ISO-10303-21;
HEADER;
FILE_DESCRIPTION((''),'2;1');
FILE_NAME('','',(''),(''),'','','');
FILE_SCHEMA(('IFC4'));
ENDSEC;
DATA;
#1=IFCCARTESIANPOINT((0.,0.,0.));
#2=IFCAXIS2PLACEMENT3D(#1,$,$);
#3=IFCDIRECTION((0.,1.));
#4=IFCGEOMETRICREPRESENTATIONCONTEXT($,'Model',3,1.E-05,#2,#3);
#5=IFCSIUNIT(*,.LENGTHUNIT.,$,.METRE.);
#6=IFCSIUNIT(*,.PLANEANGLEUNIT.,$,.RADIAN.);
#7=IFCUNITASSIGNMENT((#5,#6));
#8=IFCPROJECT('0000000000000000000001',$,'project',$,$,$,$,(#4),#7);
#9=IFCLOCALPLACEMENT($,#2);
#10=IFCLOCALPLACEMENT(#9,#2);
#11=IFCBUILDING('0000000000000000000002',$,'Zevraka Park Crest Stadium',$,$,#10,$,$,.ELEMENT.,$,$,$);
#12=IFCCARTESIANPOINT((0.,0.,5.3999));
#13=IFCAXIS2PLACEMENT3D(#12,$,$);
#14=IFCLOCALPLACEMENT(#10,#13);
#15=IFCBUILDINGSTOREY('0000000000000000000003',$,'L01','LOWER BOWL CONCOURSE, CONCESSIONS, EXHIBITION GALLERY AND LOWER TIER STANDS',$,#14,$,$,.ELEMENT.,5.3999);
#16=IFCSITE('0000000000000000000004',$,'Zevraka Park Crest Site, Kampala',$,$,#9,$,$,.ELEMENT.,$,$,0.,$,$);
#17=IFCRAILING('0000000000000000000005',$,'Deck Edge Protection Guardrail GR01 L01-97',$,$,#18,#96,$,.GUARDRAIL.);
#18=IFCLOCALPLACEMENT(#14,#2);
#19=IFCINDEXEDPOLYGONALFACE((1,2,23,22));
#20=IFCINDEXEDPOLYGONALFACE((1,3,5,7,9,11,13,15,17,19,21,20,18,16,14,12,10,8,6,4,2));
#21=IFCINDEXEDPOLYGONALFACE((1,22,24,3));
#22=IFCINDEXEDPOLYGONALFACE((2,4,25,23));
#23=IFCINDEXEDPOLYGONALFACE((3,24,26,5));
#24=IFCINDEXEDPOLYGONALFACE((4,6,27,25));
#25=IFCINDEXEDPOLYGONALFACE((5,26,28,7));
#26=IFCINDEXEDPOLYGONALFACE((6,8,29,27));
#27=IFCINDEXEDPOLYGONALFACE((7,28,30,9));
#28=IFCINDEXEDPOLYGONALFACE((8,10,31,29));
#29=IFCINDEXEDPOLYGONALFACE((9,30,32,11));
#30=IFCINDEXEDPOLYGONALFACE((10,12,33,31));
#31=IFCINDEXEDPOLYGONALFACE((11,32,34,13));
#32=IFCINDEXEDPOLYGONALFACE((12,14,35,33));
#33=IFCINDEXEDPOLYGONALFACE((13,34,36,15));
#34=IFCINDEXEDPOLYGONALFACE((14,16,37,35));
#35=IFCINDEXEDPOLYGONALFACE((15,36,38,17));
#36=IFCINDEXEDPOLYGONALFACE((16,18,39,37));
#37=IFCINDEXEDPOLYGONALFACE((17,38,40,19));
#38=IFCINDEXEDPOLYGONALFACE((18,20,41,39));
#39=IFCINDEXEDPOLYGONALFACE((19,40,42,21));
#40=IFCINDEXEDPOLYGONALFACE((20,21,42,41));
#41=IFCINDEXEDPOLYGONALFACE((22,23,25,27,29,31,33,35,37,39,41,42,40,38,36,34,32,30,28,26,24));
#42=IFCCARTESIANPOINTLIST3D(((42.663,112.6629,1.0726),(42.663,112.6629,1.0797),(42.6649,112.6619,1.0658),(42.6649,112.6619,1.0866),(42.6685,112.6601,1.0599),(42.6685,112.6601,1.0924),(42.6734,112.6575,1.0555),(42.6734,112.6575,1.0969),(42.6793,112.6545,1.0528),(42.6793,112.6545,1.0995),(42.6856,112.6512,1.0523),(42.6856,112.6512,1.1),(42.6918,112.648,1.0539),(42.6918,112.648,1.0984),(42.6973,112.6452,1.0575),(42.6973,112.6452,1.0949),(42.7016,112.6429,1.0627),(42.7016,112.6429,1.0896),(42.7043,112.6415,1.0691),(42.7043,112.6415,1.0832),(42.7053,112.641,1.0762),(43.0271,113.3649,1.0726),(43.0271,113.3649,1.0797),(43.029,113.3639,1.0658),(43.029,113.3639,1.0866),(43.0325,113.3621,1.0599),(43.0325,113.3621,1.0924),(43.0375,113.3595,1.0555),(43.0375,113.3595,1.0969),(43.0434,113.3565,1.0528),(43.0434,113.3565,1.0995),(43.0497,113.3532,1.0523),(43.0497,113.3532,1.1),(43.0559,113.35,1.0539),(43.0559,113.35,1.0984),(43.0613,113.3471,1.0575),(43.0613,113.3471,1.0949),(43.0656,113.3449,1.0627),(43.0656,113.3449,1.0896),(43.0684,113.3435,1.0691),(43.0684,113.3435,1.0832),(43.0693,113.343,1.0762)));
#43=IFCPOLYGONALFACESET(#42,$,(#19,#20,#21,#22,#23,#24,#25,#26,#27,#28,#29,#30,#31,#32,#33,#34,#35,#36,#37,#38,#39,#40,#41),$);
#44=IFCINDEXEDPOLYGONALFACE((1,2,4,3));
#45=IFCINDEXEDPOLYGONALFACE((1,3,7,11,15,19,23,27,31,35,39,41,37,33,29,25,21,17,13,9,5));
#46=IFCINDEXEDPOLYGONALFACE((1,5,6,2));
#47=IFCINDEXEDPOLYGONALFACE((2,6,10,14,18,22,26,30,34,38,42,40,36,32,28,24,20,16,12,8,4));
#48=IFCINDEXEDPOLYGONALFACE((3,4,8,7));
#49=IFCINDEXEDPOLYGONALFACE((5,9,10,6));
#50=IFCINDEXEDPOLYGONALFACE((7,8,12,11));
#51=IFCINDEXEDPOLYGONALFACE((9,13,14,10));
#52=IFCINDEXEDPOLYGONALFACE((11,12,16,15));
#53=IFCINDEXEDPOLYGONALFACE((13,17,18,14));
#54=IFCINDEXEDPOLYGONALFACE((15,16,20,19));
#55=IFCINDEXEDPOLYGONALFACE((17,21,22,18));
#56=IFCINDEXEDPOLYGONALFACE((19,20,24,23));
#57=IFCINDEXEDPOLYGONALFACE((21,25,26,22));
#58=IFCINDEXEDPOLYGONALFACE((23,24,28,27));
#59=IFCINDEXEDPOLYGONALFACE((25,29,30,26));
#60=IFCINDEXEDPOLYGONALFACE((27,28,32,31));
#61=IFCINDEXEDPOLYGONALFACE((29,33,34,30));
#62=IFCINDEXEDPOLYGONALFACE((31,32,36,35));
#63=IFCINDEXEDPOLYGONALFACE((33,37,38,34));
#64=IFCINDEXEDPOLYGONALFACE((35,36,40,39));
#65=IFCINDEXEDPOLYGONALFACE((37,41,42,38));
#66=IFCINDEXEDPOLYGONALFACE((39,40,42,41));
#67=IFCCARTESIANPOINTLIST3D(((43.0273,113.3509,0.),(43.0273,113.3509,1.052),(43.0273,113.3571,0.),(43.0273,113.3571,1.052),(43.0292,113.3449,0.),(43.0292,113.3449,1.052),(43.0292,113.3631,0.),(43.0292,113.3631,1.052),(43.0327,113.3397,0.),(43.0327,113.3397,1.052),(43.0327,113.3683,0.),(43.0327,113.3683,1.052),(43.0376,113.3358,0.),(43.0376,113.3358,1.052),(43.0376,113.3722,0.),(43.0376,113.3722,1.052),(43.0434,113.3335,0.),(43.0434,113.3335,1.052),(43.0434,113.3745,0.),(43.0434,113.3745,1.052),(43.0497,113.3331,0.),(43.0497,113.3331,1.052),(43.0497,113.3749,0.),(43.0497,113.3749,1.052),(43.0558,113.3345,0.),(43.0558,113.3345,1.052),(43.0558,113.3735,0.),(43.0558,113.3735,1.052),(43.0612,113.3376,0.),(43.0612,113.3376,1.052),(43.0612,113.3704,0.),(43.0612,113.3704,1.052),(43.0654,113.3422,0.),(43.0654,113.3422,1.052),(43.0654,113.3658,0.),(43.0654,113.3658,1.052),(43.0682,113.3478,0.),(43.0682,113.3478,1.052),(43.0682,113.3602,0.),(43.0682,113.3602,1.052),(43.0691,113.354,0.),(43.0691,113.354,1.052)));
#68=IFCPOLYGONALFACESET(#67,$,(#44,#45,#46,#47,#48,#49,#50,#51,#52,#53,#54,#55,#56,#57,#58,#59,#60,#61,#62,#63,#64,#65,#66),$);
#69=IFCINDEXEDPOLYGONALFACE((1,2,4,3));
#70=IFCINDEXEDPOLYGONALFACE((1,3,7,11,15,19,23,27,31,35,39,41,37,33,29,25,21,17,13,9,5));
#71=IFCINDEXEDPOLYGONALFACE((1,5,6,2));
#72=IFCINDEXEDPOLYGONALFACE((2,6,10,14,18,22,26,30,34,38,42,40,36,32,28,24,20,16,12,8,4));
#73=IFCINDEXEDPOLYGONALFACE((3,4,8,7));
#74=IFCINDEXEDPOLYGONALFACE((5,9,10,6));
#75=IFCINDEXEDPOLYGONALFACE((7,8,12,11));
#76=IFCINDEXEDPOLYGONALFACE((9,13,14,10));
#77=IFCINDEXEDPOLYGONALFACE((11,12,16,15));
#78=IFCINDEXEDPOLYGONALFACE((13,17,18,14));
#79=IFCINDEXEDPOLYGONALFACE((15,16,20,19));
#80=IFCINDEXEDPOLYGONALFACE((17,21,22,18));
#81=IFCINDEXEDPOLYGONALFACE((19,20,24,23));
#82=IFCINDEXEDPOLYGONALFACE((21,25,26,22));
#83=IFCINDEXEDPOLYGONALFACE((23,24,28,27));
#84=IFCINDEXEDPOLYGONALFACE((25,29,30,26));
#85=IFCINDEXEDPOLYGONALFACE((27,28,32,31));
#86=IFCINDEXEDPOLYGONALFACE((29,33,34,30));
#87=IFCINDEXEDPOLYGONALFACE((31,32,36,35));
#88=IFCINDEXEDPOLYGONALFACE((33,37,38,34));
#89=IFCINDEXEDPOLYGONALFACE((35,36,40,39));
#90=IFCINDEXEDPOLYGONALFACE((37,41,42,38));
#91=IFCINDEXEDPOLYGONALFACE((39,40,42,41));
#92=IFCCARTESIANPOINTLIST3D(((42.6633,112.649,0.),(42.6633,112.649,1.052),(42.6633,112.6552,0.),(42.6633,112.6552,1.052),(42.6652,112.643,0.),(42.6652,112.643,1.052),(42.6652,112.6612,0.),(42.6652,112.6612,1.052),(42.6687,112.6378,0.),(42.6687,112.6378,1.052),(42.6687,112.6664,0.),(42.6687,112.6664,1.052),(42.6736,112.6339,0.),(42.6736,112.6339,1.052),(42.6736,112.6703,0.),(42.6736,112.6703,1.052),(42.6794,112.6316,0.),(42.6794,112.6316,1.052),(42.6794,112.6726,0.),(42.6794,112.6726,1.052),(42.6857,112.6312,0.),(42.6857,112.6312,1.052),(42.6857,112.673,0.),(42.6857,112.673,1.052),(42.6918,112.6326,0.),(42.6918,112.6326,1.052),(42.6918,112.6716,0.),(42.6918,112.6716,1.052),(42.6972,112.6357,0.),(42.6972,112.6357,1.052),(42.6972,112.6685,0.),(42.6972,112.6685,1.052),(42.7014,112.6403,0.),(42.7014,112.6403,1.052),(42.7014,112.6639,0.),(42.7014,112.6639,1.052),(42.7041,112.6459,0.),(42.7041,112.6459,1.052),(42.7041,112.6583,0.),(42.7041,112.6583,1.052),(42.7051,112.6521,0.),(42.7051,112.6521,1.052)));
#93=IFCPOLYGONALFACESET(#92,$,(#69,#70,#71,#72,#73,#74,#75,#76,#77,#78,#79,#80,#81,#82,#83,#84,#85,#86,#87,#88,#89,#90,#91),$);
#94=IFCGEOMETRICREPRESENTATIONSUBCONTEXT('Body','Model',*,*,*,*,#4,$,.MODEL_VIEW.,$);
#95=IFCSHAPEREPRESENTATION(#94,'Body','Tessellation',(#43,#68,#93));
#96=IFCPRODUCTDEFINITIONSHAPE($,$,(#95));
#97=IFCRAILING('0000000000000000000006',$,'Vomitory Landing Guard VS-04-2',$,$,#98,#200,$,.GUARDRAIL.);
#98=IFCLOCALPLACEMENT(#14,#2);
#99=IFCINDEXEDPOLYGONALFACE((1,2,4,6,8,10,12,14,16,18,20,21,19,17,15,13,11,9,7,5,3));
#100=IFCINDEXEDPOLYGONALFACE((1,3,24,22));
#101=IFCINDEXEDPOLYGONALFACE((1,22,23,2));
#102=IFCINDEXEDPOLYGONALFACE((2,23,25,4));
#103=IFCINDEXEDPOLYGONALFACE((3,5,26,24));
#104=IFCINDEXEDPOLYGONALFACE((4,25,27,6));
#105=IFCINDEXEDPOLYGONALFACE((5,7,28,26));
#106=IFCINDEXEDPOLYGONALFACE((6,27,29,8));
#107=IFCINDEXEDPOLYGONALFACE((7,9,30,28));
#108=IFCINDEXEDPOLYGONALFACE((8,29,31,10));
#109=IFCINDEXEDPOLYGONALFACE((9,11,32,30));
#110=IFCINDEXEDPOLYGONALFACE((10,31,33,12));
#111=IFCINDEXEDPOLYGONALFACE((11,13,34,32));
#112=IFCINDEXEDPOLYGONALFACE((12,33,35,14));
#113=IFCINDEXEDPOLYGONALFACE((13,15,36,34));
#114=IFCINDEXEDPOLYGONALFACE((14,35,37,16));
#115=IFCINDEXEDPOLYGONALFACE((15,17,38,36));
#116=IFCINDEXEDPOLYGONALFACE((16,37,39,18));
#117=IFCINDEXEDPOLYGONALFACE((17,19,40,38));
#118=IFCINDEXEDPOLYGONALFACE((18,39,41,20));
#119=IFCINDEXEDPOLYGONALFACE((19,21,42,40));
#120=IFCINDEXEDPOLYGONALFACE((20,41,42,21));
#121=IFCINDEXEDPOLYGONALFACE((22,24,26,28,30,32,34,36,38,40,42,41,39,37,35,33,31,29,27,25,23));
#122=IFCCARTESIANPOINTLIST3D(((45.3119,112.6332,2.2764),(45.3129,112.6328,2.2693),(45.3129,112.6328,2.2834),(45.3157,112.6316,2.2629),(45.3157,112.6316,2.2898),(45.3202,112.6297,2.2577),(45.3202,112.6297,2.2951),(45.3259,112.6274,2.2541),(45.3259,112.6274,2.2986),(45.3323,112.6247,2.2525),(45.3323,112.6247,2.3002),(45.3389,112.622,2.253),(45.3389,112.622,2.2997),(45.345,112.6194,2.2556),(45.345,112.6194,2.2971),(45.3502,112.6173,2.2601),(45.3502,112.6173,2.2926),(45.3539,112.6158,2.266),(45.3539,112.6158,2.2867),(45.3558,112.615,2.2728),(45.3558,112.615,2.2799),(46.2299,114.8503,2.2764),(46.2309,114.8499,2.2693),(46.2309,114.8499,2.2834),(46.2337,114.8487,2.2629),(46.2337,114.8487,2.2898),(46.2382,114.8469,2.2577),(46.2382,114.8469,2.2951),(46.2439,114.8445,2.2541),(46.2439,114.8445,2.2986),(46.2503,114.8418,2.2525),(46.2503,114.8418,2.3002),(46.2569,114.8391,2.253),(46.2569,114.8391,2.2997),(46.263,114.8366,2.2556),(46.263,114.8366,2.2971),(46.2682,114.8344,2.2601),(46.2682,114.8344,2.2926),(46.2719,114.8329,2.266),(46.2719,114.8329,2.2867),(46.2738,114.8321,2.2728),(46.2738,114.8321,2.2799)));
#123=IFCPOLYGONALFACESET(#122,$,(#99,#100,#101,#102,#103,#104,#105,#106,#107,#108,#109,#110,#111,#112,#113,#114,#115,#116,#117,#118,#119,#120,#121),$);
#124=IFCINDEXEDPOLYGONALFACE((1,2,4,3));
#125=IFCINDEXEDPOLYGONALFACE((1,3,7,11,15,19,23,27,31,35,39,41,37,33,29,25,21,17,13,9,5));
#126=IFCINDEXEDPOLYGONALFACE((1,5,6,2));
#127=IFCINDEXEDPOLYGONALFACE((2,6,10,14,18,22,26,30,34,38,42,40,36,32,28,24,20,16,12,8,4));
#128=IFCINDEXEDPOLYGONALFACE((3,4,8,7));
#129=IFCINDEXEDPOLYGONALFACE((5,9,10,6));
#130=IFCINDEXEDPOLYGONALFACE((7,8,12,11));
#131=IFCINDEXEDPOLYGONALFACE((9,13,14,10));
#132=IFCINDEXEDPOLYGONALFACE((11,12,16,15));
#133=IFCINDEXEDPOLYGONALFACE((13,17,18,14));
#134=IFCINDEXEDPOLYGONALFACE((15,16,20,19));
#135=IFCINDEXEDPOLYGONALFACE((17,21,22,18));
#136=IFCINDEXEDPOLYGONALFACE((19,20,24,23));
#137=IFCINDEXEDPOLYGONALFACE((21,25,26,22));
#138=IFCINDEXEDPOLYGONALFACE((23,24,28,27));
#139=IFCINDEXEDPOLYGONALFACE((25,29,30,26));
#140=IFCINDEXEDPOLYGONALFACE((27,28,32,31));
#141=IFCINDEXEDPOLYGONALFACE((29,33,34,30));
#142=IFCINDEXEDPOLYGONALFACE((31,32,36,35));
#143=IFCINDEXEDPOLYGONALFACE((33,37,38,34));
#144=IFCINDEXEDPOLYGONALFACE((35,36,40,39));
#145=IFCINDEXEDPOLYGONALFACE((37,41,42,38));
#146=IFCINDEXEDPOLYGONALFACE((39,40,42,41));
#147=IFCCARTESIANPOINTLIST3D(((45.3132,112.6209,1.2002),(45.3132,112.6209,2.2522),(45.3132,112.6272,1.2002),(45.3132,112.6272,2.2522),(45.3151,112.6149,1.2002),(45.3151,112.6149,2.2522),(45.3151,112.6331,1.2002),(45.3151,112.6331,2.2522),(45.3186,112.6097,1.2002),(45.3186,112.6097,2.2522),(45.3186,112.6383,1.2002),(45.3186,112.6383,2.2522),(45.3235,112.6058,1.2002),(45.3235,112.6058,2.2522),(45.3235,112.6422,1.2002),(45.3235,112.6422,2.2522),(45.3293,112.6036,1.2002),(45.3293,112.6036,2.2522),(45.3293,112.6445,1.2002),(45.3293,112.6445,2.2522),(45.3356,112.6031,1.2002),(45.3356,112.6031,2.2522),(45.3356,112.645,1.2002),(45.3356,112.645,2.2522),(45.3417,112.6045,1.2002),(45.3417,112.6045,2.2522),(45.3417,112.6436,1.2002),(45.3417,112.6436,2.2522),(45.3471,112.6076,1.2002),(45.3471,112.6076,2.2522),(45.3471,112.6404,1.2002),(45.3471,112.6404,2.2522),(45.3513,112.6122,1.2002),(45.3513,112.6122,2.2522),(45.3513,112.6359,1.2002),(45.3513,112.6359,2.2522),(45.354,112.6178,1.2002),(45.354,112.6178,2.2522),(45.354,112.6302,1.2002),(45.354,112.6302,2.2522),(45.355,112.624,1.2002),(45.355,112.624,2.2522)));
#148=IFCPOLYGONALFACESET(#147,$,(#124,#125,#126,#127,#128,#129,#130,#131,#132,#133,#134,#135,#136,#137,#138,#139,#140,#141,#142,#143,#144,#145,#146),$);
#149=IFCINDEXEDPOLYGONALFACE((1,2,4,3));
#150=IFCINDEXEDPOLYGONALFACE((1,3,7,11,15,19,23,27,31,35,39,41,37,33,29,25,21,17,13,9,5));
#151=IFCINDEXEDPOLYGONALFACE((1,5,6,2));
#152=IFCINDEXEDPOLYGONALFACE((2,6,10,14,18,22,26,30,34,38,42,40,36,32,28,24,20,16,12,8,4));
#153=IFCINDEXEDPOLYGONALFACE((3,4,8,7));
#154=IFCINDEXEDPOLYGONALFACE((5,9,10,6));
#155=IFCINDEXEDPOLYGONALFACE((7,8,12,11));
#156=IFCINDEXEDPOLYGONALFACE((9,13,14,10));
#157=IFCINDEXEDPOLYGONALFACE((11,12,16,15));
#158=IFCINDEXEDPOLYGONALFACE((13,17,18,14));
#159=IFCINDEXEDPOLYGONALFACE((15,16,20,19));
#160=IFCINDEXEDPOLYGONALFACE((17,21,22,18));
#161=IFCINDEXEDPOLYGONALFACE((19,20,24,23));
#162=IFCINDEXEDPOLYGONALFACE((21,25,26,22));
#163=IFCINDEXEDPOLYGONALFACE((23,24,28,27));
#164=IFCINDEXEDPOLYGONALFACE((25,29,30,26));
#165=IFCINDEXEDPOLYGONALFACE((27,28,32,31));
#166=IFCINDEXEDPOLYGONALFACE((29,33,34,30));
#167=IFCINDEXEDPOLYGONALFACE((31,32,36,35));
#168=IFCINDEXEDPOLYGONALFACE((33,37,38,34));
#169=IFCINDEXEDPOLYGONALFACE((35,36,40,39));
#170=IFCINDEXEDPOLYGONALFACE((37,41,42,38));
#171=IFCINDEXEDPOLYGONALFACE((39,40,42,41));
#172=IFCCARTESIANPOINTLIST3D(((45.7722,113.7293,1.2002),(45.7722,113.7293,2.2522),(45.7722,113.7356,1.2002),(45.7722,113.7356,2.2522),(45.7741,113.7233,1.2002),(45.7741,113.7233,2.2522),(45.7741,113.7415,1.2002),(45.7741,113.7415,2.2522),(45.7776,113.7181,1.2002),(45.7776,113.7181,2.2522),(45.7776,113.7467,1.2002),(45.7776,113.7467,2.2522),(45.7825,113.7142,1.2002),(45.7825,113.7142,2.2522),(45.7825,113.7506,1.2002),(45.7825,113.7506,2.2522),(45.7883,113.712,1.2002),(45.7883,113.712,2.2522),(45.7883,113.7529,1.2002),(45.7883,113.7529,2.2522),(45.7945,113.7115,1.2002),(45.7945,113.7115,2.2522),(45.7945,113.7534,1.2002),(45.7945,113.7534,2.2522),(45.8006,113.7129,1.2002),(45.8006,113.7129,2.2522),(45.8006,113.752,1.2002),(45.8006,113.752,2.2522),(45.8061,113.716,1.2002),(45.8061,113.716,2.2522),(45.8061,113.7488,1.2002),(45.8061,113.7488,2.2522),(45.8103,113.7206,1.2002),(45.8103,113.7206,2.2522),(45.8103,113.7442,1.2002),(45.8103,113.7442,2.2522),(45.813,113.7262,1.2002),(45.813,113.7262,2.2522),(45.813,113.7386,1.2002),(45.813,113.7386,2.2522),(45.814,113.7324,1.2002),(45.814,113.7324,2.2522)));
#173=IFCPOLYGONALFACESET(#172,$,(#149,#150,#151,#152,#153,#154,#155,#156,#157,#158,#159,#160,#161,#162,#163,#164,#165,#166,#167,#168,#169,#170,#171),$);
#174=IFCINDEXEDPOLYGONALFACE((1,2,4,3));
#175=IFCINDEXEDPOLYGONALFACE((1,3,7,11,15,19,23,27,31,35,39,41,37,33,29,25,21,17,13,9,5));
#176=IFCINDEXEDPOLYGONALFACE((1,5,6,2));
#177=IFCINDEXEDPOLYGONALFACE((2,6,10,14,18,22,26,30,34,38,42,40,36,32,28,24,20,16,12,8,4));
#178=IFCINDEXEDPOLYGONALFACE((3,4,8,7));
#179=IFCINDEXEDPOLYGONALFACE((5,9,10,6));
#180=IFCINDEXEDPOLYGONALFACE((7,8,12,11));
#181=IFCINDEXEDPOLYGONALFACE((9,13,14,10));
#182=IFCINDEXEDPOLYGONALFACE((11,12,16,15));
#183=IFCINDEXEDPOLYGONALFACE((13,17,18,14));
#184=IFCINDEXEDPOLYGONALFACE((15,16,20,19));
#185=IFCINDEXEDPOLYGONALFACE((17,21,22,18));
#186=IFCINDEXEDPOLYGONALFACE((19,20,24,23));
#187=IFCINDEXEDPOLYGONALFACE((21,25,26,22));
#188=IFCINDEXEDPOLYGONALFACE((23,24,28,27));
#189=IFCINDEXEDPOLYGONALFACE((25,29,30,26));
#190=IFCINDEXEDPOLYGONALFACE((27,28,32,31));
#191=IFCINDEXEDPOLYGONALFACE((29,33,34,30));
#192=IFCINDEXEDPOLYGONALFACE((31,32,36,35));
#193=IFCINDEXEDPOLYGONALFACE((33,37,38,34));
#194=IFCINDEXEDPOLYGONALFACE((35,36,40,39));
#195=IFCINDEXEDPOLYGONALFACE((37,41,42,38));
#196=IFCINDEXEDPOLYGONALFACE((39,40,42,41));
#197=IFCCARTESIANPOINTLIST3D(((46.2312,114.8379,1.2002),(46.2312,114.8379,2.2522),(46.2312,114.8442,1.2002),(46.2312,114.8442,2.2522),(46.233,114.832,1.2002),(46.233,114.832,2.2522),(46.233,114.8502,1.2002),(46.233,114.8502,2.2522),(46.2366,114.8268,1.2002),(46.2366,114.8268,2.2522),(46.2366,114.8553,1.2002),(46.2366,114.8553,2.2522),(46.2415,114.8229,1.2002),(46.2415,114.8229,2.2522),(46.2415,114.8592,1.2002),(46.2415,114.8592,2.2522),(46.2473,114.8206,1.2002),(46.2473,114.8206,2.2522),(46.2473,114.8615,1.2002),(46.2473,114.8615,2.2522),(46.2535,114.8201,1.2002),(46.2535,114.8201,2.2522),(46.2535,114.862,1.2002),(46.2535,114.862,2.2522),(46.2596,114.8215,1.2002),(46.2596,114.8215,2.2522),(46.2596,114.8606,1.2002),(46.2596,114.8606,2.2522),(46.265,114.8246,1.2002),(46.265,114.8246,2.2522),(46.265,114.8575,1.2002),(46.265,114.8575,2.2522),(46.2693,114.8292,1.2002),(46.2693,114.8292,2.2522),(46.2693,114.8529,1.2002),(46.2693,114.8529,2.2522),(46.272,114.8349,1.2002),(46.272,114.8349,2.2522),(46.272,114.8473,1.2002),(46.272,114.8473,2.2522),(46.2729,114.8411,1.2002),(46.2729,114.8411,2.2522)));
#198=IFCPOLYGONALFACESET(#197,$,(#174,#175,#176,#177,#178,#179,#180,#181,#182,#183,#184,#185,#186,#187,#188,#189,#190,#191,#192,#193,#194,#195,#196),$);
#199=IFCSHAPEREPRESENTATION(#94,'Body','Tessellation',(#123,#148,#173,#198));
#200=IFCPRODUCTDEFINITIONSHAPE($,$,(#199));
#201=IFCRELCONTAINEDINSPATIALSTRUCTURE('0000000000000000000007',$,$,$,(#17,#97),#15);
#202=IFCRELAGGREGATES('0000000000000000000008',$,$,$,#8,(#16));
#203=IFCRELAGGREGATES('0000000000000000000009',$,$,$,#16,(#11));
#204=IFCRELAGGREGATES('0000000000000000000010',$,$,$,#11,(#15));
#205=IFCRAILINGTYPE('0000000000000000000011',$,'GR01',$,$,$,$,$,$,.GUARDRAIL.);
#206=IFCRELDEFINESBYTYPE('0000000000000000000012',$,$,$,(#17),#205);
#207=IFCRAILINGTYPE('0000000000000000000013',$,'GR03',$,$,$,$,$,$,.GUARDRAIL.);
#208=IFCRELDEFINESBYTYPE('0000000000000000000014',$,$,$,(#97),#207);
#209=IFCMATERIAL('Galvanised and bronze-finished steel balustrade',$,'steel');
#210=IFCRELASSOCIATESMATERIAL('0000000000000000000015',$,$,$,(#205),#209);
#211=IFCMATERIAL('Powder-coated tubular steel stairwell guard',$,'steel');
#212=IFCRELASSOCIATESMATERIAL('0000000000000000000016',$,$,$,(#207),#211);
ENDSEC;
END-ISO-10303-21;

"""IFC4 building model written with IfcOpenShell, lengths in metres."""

from ifc_helpers import new_model, si_unit, direction, frame, origin, origin_2d, place, context, subcontext, project, spatial, circle, extrude, material, type_object, element, save


model = new_model("IFC4")

# Units and contexts
model_context = context("Model", 3, precision=1e-05, world=origin(), true_north=direction((0.0, 1.0)))
body_context = subcontext(model_context, "Body", "Model", "MODEL_VIEW")
ifc_project = project(units=[si_unit("LENGTHUNIT", "METRE"), si_unit("PLANEANGLEUNIT", "RADIAN")], contexts=[model_context])

# Site, building, storey
site_placement = place(None, origin())
site = spatial("IfcSite", under=ifc_project, at=site_placement, Name="Zevraka Park Crest Site, Kampala", CompositionType="ELEMENT", RefElevation=0.0)
building_placement = place(site_placement, origin())
building = spatial("IfcBuilding", under=site, at=building_placement, Name="Zevraka Park Crest Stadium", CompositionType="ELEMENT")
storey_placement = place(building_placement, frame((0.0, 0.0, 5.3999)))
storey = spatial("IfcBuildingStorey", under=building, at=storey_placement, Name="L01", Description="LOWER BOWL CONCOURSE, CONCESSIONS, EXHIBITION GALLERY AND LOWER TIER STANDS", CompositionType="ELEMENT", Elevation=5.3999)

# Railings
ifc_material_1 = material(Name="Galvanised and bronze-finished steel balustrade", Category="steel")
railing_type_1 = type_object("IfcRailingType", Name="GR01", PredefinedType="GUARDRAIL", material=ifc_material_1)
railing_1_placement = place(storey_placement, frame((43.0481, 113.354, 0.0)))
element("IfcRailing", 1, at=railing_1_placement, inside=storey, type_object=railing_type_1, Name="Deck Edge Protection Guardrail GR01 L01-97", PredefinedType="GUARDRAIL", context=body_context, shape_type="SweptSolid", body=[
    extrude(circle(Radius=0.0239, at=origin_2d()), frame((0.0, 0.0, 1.0762), z_axis=(-0.46038, -0.887722, 0.0), x_axis=(0.887722, -0.46038, 0.0)), (0.0, 0.0, 1.0), 0.7908),
    extrude(circle(Radius=0.021, at=origin_2d()), origin(), (0.0, 0.0, 1.0), 1.052),
    extrude(circle(Radius=0.021, at=origin_2d()), frame((-0.364, -0.7019, 0.0)), (0.0, 0.0, 1.0), 1.052),
])
ifc_material_2 = material(Name="Powder-coated tubular steel stairwell guard", Category="steel")
railing_type_2 = type_object("IfcRailingType", Name="GR03", PredefinedType="GUARDRAIL", material=ifc_material_2)
railing_2_placement = place(storey_placement, frame((45.334, 112.624, 1.2002)))
element("IfcRailing", 2, at=railing_2_placement, inside=storey, type_object=railing_type_2, Name="Vomitory Landing Guard VS-04-2", PredefinedType="GUARDRAIL", context=body_context, shape_type="SweptSolid", body=[
    extrude(circle(Radius=0.0239, at=origin_2d()), frame((0.0, 0.0, 1.0762), z_axis=(0.382555, 0.923933, 0.0), x_axis=(-0.923933, 0.382555, 0.0)), (0.0, 0.0, 1.0), 2.3997),
    extrude(circle(Radius=0.021, at=origin_2d()), origin(), (0.0, 0.0, 1.0), 1.052),
    extrude(circle(Radius=0.021, at=origin_2d()), frame((0.459, 1.1084, 0.0)), (0.0, 0.0, 1.0), 1.052),
    extrude(circle(Radius=0.021, at=origin_2d()), frame((0.918, 2.217, 0.0)), (0.0, 0.0, 1.0), 1.052),
])

save(model, "model.ifc")
